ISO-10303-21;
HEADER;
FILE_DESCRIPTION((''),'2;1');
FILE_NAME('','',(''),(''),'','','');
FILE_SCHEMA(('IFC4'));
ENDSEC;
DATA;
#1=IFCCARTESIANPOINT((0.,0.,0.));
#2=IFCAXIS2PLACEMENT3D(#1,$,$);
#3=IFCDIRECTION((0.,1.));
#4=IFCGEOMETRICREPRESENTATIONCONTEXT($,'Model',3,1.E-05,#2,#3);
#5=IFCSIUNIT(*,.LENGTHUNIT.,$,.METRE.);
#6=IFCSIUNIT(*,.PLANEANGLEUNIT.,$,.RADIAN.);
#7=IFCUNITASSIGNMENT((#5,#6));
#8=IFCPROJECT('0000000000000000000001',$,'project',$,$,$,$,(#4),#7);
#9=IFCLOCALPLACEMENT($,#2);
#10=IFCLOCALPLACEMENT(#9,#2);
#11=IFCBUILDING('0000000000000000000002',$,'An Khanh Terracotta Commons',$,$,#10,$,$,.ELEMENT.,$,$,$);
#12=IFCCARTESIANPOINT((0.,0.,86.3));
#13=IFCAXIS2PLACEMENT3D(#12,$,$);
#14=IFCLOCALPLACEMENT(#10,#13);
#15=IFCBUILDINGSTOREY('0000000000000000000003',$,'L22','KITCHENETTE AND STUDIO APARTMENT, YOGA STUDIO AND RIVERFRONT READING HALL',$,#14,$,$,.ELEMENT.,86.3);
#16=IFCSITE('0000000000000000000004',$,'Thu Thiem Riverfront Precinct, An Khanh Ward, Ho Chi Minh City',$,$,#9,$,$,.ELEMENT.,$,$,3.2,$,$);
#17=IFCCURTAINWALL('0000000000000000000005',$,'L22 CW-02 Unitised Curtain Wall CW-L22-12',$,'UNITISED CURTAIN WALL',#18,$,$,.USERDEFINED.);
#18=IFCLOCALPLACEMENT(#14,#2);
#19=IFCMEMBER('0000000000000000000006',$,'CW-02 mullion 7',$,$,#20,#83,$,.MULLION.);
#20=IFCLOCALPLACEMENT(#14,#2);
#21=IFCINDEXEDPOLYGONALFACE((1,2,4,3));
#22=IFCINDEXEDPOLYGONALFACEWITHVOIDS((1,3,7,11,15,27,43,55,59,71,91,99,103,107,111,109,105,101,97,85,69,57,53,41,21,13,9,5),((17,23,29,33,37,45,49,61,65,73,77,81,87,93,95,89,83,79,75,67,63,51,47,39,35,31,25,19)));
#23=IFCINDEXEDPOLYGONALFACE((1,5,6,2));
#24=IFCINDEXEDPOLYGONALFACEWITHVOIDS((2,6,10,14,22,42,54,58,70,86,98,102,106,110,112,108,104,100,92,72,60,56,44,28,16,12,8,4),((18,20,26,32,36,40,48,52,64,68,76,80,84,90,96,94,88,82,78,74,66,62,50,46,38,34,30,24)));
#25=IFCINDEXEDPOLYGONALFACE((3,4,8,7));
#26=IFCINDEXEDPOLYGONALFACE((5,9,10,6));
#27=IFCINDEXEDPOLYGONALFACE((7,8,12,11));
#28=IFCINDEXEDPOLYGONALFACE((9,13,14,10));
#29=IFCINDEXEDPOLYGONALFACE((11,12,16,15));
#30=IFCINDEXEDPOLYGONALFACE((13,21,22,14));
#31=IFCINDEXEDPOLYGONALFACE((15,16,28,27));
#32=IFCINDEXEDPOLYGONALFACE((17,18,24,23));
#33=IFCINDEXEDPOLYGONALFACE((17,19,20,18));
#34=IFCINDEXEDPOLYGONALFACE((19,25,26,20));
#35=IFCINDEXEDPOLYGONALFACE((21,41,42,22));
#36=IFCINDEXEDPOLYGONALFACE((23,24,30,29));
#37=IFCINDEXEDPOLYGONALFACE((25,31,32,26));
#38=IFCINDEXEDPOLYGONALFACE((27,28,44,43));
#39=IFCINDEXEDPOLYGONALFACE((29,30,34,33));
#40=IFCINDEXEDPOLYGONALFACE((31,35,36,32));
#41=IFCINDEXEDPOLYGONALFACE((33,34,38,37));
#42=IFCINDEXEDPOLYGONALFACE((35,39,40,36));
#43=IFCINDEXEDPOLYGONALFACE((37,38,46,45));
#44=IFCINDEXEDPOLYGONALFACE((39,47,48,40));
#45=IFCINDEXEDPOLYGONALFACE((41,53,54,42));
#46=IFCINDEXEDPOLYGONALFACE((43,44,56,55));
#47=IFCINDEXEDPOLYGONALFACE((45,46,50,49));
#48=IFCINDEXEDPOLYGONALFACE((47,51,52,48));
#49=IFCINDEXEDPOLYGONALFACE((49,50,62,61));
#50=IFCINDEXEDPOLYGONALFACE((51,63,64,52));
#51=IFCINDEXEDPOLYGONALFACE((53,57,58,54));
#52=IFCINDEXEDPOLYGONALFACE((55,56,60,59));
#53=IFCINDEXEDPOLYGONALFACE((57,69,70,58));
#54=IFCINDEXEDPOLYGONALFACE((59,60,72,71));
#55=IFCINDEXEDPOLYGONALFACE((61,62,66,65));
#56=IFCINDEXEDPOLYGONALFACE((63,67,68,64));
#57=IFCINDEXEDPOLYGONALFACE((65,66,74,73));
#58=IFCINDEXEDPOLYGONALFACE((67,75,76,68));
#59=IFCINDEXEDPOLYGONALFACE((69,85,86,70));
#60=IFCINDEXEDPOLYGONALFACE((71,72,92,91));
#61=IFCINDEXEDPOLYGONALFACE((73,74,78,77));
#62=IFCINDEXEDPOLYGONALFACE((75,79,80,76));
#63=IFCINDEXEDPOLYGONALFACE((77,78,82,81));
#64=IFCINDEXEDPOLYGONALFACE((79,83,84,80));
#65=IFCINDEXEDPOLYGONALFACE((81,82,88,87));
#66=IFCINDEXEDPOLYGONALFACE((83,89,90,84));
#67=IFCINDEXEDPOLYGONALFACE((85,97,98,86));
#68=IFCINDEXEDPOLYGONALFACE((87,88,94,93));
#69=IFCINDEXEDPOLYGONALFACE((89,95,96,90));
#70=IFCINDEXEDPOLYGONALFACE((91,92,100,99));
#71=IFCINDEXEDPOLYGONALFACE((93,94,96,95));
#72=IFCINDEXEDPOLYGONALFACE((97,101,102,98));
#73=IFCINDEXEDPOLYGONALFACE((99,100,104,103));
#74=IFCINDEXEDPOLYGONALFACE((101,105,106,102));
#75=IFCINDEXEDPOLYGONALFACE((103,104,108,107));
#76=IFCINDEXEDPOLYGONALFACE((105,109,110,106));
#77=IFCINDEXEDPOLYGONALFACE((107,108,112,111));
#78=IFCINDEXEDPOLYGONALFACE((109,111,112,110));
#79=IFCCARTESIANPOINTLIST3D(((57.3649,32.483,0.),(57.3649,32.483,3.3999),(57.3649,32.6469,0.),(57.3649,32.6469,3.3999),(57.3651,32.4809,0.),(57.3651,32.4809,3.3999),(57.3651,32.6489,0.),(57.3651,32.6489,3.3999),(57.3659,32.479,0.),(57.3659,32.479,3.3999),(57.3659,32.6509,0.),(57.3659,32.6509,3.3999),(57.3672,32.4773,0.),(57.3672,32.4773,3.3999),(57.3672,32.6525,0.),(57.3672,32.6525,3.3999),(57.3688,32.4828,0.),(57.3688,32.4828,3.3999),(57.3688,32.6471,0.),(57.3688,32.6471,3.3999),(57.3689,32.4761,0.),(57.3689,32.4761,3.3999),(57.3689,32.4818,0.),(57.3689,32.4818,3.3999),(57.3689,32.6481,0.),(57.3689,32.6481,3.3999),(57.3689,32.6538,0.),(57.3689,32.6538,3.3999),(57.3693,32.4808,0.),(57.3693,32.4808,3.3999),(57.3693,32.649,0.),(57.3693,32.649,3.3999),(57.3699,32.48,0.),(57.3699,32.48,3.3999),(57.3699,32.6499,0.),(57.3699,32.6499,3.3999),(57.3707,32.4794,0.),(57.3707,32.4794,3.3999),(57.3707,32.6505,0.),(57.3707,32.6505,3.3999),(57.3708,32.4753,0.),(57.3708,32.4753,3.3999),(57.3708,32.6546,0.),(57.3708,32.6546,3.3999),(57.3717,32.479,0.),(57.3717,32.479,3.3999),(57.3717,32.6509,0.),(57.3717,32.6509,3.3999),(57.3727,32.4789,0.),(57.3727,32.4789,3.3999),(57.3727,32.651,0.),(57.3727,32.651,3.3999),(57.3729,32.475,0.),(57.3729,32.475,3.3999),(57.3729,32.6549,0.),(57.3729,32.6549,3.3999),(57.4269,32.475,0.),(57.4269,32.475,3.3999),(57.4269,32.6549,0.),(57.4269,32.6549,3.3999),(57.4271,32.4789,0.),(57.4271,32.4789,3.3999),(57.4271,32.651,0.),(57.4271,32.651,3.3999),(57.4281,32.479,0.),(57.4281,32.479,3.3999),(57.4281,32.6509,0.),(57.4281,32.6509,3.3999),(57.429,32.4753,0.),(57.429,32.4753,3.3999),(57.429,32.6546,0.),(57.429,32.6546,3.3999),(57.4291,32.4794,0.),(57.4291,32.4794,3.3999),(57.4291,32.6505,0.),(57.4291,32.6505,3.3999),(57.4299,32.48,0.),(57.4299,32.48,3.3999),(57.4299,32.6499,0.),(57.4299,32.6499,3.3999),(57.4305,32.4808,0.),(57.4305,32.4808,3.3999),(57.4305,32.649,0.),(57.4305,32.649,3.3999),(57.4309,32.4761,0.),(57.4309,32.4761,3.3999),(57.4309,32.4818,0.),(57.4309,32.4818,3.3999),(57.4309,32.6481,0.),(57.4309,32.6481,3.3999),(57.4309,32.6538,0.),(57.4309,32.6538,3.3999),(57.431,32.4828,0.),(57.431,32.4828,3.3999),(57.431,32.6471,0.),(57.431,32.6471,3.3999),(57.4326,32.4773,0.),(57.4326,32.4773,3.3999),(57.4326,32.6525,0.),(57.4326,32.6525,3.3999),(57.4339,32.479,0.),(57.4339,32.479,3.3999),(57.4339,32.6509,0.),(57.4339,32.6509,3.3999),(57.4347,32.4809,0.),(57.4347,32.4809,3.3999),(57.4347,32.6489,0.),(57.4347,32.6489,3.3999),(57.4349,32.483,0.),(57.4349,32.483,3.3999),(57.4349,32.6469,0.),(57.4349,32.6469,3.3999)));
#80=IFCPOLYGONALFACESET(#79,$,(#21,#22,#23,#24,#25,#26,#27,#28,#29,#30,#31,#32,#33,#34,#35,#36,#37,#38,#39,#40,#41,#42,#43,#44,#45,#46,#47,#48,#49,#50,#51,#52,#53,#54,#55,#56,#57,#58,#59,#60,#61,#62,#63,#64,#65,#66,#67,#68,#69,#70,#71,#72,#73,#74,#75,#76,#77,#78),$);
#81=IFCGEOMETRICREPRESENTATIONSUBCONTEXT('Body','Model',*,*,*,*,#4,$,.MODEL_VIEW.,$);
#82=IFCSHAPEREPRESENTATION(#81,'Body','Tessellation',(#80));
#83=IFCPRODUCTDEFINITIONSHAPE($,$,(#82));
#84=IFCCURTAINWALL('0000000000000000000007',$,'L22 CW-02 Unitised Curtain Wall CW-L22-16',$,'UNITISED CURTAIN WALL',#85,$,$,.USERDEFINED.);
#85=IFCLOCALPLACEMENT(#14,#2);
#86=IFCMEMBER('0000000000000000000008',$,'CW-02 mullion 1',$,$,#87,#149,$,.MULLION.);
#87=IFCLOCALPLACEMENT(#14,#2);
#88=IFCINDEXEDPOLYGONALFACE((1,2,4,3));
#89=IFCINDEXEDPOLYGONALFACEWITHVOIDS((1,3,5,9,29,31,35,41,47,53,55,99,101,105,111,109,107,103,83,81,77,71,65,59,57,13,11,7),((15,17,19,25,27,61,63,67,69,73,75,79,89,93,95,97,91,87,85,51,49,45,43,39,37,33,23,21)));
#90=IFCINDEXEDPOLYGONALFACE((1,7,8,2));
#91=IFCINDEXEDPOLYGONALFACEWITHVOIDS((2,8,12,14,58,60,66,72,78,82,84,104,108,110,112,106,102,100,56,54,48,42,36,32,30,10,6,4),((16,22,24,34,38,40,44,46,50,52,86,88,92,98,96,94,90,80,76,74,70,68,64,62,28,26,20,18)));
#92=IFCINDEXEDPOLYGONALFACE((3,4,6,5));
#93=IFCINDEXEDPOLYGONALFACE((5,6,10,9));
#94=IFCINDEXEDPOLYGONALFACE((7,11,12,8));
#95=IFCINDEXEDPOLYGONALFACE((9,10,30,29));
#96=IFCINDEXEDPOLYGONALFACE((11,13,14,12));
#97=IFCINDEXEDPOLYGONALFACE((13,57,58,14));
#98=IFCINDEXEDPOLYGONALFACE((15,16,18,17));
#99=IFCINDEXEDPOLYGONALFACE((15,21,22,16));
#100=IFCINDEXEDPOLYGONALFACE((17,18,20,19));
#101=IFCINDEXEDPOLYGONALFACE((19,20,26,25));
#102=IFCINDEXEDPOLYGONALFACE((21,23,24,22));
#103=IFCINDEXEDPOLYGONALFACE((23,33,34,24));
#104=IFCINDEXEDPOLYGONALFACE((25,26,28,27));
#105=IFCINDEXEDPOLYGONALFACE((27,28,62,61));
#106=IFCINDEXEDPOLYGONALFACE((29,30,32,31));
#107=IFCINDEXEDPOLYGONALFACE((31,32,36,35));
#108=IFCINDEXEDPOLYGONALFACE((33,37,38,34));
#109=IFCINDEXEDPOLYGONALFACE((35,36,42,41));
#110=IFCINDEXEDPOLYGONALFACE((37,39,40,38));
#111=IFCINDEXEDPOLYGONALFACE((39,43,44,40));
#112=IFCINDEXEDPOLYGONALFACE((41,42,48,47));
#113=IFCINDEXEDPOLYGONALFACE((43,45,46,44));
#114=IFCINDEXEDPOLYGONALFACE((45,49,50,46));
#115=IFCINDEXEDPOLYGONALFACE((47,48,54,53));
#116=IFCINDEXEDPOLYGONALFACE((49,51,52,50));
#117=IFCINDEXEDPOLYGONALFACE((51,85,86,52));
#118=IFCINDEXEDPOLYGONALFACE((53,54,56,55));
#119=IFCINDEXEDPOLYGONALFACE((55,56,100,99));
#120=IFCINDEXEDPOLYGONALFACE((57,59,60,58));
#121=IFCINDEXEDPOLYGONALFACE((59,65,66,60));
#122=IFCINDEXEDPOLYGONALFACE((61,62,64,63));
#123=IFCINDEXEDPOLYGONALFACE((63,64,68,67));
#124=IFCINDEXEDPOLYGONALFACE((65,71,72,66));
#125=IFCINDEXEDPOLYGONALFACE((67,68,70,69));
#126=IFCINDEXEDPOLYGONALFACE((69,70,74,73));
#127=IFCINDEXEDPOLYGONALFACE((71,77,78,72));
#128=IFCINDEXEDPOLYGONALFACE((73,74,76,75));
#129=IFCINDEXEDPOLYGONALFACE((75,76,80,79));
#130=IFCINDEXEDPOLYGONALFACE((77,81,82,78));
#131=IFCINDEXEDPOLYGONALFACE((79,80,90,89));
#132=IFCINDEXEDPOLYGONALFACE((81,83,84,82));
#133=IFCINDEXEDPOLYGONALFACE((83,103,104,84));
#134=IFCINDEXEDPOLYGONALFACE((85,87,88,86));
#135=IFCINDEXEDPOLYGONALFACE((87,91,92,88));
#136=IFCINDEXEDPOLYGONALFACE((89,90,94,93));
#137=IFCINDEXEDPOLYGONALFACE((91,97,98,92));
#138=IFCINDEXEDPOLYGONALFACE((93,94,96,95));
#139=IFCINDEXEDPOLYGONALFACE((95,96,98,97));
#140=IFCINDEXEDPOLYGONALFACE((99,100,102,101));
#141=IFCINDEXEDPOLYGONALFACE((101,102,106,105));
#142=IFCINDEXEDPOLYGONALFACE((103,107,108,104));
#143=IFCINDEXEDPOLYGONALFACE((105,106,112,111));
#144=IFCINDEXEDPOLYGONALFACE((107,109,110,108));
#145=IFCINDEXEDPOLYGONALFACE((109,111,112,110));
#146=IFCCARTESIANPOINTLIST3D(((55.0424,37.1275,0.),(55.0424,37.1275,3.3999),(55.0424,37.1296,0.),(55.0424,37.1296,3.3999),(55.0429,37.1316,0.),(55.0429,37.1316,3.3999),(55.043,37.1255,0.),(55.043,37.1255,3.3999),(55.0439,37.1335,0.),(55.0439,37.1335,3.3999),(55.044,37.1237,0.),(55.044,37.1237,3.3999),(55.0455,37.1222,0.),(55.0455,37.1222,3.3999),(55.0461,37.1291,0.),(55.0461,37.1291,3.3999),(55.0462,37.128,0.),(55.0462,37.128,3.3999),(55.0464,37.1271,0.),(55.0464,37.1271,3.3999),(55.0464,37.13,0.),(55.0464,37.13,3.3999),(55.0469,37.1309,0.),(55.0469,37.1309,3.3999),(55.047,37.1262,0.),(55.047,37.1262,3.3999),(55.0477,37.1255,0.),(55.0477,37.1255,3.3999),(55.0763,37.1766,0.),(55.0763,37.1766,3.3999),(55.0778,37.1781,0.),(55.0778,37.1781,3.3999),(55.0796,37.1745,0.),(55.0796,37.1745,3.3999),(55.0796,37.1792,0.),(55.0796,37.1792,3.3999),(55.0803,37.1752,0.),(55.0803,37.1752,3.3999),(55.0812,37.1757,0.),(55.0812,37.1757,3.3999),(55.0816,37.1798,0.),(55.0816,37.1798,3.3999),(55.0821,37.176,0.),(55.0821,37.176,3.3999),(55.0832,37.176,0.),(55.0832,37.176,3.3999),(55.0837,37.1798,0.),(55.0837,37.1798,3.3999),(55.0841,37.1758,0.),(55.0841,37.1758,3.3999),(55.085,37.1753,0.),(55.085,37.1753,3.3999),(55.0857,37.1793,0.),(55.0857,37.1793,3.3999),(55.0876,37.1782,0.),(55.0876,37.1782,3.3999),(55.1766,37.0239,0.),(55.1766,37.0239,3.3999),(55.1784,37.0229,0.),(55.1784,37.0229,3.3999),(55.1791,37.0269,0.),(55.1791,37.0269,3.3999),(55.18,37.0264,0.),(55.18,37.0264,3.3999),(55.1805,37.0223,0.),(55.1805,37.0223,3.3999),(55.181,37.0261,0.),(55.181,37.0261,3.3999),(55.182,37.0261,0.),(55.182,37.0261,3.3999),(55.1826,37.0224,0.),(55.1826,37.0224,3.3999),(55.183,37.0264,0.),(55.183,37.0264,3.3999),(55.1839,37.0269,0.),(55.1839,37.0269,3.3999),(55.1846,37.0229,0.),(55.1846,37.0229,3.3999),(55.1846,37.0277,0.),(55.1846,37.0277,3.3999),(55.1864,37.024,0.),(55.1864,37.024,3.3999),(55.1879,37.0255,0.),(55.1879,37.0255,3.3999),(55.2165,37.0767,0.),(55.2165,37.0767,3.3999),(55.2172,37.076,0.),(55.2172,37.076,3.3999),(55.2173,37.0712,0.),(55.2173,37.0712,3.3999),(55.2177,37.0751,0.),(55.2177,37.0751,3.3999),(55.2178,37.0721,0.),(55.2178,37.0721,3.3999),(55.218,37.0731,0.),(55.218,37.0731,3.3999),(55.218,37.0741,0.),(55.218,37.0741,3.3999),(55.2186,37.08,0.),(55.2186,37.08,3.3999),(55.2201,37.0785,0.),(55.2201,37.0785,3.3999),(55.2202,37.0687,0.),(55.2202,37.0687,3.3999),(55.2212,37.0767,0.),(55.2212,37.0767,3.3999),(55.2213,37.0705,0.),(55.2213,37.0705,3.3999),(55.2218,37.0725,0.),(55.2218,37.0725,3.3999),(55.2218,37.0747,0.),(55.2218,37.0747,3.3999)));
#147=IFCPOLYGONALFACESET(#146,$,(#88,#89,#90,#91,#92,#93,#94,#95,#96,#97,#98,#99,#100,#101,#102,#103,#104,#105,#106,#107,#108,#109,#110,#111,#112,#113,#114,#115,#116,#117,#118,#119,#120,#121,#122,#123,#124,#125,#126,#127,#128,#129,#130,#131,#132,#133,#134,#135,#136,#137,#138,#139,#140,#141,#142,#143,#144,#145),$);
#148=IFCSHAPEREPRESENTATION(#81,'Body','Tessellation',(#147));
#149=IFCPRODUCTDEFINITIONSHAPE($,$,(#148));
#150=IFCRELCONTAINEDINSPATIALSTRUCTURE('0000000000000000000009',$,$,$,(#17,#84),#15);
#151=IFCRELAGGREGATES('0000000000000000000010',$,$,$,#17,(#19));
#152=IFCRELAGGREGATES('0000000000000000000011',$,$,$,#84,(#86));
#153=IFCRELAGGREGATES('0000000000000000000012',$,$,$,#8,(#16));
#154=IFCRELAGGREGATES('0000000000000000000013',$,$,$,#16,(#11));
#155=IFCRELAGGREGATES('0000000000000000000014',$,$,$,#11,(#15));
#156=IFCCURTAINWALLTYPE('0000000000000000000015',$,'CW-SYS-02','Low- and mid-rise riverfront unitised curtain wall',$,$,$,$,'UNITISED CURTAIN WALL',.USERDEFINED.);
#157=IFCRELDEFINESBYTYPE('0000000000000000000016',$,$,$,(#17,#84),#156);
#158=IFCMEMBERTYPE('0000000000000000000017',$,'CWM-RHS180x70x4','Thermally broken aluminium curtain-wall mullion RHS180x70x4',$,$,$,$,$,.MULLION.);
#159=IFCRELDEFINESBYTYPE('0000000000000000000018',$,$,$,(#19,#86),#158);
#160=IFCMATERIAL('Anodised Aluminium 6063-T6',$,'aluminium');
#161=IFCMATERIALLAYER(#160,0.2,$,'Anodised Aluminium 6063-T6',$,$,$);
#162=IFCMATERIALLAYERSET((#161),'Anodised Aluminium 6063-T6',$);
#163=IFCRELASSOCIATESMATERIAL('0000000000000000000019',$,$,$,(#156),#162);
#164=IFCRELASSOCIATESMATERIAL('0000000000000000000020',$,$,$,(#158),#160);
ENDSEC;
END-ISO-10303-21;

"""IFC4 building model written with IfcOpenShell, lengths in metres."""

from ifc_helpers import new_model, si_unit, direction, frame, origin, origin_2d, place, context, subcontext, project, spatial, hollow_rectangle, extrude, material, layer, layer_set, material_profile, profile_set, type_object, element, aggregate, save


model = new_model("IFC4")

# Units and contexts
model_context = context("Model", 3, precision=1e-05, world=origin(), true_north=direction((0.0, 1.0)))
body_context = subcontext(model_context, "Body", "Model", "MODEL_VIEW")
ifc_project = project(units=[si_unit("LENGTHUNIT", "METRE"), si_unit("PLANEANGLEUNIT", "RADIAN")], contexts=[model_context])

# Site, building, storey
site_placement = place(None, origin())
site = spatial("IfcSite", under=ifc_project, at=site_placement, Name="Thu Thiem Riverfront Precinct, An Khanh Ward, Ho Chi Minh City", CompositionType="ELEMENT", RefElevation=3.2)
building_placement = place(site_placement, origin())
building = spatial("IfcBuilding", under=site, at=building_placement, Name="An Khanh Terracotta Commons", CompositionType="ELEMENT")
storey_placement = place(building_placement, frame((0.0, 0.0, 86.3)))
storey = spatial("IfcBuildingStorey", under=building, at=storey_placement, Name="L22", Description="KITCHENETTE AND STUDIO APARTMENT, YOGA STUDIO AND RIVERFRONT READING HALL", CompositionType="ELEMENT", Elevation=86.3)

# Curtain wall, member
ifc_material_1 = material(Name="Anodised Aluminium 6063-T6", Category="aluminium")
ifc_layer_1 = layer(ifc_material_1, 0.2, Name="Anodised Aluminium 6063-T6")
ifc_layer_set_1 = layer_set([ifc_layer_1], Name="Anodised Aluminium 6063-T6")
curtain_wall_type = type_object("IfcCurtainWallType", Name="CW-SYS-02", Description="Low- and mid-rise riverfront unitised curtain wall", ElementType="UNITISED CURTAIN WALL", PredefinedType="USERDEFINED", material=ifc_layer_set_1)
curtain_wall_1_placement = place(storey_placement, origin())
curtain_wall_1 = element("IfcCurtainWall", 1, at=curtain_wall_1_placement, inside=storey, type_object=curtain_wall_type, Name="L22 CW-02 Unitised Curtain Wall CW-L22-12", ObjectType="UNITISED CURTAIN WALL", PredefinedType="USERDEFINED")
ifc_material_profile_1 = material_profile(ifc_material_1, hollow_rectangle(XDim=0.0701, YDim=0.1799, WallThickness=0.0039, InnerFilletRadius=0.0039, OuterFilletRadius=0.0081, at=origin_2d()), Name="RHS180x70x4")
ifc_profile_set_1 = profile_set([ifc_material_profile_1], Name="Anodised Aluminium 6063-T6")
member_type_1 = type_object("IfcMemberType", Name="CWM-RHS180x70x4", Description="Thermally broken aluminium curtain-wall mullion RHS180x70x4", PredefinedType="MULLION", material=ifc_profile_set_1)
member_1_placement = place(storey_placement, frame((57.3999, 32.5649, 0.0), z_axis=(0.0, 0.0, 1.0), x_axis=(-1.0, 0.0, 0.0)))
member_1 = element("IfcMember", 2, at=member_1_placement, type_object=member_type_1, Name="CW-02 mullion 7", PredefinedType="MULLION", context=body_context, shape_type="SweptSolid", body=[
    extrude(hollow_rectangle(XDim=0.0701, YDim=0.1799, WallThickness=0.0039, InnerFilletRadius=0.0039, OuterFilletRadius=0.0081, at=origin_2d()), origin(), (0.0, 0.0, 1.0), 3.3999),
])
aggregate(curtain_wall_1, [member_1])

# Curtain wall, member
curtain_wall_2_placement = place(storey_placement, origin())
curtain_wall_2 = element("IfcCurtainWall", 3, at=curtain_wall_2_placement, inside=storey, type_object=curtain_wall_type, Name="L22 CW-02 Unitised Curtain Wall CW-L22-16", ObjectType="UNITISED CURTAIN WALL", PredefinedType="USERDEFINED")
member_2_placement = place(storey_placement, frame((55.1321, 37.1011, 0.0), z_axis=(0.0, 0.0, 1.0), x_axis=(-0.599983, -0.800013, 0.0)))
member_2 = element("IfcMember", 4, at=member_2_placement, type_object=member_type_1, Name="CW-02 mullion 1", PredefinedType="MULLION", context=body_context, shape_type="SweptSolid", body=[
    extrude(hollow_rectangle(XDim=0.0701, YDim=0.1799, WallThickness=0.0039, InnerFilletRadius=0.0039, OuterFilletRadius=0.0081, at=origin_2d()), origin(), (0.0, 0.0, 1.0), 3.3999),
])
aggregate(curtain_wall_2, [member_2])

save(model, "model.ifc")
